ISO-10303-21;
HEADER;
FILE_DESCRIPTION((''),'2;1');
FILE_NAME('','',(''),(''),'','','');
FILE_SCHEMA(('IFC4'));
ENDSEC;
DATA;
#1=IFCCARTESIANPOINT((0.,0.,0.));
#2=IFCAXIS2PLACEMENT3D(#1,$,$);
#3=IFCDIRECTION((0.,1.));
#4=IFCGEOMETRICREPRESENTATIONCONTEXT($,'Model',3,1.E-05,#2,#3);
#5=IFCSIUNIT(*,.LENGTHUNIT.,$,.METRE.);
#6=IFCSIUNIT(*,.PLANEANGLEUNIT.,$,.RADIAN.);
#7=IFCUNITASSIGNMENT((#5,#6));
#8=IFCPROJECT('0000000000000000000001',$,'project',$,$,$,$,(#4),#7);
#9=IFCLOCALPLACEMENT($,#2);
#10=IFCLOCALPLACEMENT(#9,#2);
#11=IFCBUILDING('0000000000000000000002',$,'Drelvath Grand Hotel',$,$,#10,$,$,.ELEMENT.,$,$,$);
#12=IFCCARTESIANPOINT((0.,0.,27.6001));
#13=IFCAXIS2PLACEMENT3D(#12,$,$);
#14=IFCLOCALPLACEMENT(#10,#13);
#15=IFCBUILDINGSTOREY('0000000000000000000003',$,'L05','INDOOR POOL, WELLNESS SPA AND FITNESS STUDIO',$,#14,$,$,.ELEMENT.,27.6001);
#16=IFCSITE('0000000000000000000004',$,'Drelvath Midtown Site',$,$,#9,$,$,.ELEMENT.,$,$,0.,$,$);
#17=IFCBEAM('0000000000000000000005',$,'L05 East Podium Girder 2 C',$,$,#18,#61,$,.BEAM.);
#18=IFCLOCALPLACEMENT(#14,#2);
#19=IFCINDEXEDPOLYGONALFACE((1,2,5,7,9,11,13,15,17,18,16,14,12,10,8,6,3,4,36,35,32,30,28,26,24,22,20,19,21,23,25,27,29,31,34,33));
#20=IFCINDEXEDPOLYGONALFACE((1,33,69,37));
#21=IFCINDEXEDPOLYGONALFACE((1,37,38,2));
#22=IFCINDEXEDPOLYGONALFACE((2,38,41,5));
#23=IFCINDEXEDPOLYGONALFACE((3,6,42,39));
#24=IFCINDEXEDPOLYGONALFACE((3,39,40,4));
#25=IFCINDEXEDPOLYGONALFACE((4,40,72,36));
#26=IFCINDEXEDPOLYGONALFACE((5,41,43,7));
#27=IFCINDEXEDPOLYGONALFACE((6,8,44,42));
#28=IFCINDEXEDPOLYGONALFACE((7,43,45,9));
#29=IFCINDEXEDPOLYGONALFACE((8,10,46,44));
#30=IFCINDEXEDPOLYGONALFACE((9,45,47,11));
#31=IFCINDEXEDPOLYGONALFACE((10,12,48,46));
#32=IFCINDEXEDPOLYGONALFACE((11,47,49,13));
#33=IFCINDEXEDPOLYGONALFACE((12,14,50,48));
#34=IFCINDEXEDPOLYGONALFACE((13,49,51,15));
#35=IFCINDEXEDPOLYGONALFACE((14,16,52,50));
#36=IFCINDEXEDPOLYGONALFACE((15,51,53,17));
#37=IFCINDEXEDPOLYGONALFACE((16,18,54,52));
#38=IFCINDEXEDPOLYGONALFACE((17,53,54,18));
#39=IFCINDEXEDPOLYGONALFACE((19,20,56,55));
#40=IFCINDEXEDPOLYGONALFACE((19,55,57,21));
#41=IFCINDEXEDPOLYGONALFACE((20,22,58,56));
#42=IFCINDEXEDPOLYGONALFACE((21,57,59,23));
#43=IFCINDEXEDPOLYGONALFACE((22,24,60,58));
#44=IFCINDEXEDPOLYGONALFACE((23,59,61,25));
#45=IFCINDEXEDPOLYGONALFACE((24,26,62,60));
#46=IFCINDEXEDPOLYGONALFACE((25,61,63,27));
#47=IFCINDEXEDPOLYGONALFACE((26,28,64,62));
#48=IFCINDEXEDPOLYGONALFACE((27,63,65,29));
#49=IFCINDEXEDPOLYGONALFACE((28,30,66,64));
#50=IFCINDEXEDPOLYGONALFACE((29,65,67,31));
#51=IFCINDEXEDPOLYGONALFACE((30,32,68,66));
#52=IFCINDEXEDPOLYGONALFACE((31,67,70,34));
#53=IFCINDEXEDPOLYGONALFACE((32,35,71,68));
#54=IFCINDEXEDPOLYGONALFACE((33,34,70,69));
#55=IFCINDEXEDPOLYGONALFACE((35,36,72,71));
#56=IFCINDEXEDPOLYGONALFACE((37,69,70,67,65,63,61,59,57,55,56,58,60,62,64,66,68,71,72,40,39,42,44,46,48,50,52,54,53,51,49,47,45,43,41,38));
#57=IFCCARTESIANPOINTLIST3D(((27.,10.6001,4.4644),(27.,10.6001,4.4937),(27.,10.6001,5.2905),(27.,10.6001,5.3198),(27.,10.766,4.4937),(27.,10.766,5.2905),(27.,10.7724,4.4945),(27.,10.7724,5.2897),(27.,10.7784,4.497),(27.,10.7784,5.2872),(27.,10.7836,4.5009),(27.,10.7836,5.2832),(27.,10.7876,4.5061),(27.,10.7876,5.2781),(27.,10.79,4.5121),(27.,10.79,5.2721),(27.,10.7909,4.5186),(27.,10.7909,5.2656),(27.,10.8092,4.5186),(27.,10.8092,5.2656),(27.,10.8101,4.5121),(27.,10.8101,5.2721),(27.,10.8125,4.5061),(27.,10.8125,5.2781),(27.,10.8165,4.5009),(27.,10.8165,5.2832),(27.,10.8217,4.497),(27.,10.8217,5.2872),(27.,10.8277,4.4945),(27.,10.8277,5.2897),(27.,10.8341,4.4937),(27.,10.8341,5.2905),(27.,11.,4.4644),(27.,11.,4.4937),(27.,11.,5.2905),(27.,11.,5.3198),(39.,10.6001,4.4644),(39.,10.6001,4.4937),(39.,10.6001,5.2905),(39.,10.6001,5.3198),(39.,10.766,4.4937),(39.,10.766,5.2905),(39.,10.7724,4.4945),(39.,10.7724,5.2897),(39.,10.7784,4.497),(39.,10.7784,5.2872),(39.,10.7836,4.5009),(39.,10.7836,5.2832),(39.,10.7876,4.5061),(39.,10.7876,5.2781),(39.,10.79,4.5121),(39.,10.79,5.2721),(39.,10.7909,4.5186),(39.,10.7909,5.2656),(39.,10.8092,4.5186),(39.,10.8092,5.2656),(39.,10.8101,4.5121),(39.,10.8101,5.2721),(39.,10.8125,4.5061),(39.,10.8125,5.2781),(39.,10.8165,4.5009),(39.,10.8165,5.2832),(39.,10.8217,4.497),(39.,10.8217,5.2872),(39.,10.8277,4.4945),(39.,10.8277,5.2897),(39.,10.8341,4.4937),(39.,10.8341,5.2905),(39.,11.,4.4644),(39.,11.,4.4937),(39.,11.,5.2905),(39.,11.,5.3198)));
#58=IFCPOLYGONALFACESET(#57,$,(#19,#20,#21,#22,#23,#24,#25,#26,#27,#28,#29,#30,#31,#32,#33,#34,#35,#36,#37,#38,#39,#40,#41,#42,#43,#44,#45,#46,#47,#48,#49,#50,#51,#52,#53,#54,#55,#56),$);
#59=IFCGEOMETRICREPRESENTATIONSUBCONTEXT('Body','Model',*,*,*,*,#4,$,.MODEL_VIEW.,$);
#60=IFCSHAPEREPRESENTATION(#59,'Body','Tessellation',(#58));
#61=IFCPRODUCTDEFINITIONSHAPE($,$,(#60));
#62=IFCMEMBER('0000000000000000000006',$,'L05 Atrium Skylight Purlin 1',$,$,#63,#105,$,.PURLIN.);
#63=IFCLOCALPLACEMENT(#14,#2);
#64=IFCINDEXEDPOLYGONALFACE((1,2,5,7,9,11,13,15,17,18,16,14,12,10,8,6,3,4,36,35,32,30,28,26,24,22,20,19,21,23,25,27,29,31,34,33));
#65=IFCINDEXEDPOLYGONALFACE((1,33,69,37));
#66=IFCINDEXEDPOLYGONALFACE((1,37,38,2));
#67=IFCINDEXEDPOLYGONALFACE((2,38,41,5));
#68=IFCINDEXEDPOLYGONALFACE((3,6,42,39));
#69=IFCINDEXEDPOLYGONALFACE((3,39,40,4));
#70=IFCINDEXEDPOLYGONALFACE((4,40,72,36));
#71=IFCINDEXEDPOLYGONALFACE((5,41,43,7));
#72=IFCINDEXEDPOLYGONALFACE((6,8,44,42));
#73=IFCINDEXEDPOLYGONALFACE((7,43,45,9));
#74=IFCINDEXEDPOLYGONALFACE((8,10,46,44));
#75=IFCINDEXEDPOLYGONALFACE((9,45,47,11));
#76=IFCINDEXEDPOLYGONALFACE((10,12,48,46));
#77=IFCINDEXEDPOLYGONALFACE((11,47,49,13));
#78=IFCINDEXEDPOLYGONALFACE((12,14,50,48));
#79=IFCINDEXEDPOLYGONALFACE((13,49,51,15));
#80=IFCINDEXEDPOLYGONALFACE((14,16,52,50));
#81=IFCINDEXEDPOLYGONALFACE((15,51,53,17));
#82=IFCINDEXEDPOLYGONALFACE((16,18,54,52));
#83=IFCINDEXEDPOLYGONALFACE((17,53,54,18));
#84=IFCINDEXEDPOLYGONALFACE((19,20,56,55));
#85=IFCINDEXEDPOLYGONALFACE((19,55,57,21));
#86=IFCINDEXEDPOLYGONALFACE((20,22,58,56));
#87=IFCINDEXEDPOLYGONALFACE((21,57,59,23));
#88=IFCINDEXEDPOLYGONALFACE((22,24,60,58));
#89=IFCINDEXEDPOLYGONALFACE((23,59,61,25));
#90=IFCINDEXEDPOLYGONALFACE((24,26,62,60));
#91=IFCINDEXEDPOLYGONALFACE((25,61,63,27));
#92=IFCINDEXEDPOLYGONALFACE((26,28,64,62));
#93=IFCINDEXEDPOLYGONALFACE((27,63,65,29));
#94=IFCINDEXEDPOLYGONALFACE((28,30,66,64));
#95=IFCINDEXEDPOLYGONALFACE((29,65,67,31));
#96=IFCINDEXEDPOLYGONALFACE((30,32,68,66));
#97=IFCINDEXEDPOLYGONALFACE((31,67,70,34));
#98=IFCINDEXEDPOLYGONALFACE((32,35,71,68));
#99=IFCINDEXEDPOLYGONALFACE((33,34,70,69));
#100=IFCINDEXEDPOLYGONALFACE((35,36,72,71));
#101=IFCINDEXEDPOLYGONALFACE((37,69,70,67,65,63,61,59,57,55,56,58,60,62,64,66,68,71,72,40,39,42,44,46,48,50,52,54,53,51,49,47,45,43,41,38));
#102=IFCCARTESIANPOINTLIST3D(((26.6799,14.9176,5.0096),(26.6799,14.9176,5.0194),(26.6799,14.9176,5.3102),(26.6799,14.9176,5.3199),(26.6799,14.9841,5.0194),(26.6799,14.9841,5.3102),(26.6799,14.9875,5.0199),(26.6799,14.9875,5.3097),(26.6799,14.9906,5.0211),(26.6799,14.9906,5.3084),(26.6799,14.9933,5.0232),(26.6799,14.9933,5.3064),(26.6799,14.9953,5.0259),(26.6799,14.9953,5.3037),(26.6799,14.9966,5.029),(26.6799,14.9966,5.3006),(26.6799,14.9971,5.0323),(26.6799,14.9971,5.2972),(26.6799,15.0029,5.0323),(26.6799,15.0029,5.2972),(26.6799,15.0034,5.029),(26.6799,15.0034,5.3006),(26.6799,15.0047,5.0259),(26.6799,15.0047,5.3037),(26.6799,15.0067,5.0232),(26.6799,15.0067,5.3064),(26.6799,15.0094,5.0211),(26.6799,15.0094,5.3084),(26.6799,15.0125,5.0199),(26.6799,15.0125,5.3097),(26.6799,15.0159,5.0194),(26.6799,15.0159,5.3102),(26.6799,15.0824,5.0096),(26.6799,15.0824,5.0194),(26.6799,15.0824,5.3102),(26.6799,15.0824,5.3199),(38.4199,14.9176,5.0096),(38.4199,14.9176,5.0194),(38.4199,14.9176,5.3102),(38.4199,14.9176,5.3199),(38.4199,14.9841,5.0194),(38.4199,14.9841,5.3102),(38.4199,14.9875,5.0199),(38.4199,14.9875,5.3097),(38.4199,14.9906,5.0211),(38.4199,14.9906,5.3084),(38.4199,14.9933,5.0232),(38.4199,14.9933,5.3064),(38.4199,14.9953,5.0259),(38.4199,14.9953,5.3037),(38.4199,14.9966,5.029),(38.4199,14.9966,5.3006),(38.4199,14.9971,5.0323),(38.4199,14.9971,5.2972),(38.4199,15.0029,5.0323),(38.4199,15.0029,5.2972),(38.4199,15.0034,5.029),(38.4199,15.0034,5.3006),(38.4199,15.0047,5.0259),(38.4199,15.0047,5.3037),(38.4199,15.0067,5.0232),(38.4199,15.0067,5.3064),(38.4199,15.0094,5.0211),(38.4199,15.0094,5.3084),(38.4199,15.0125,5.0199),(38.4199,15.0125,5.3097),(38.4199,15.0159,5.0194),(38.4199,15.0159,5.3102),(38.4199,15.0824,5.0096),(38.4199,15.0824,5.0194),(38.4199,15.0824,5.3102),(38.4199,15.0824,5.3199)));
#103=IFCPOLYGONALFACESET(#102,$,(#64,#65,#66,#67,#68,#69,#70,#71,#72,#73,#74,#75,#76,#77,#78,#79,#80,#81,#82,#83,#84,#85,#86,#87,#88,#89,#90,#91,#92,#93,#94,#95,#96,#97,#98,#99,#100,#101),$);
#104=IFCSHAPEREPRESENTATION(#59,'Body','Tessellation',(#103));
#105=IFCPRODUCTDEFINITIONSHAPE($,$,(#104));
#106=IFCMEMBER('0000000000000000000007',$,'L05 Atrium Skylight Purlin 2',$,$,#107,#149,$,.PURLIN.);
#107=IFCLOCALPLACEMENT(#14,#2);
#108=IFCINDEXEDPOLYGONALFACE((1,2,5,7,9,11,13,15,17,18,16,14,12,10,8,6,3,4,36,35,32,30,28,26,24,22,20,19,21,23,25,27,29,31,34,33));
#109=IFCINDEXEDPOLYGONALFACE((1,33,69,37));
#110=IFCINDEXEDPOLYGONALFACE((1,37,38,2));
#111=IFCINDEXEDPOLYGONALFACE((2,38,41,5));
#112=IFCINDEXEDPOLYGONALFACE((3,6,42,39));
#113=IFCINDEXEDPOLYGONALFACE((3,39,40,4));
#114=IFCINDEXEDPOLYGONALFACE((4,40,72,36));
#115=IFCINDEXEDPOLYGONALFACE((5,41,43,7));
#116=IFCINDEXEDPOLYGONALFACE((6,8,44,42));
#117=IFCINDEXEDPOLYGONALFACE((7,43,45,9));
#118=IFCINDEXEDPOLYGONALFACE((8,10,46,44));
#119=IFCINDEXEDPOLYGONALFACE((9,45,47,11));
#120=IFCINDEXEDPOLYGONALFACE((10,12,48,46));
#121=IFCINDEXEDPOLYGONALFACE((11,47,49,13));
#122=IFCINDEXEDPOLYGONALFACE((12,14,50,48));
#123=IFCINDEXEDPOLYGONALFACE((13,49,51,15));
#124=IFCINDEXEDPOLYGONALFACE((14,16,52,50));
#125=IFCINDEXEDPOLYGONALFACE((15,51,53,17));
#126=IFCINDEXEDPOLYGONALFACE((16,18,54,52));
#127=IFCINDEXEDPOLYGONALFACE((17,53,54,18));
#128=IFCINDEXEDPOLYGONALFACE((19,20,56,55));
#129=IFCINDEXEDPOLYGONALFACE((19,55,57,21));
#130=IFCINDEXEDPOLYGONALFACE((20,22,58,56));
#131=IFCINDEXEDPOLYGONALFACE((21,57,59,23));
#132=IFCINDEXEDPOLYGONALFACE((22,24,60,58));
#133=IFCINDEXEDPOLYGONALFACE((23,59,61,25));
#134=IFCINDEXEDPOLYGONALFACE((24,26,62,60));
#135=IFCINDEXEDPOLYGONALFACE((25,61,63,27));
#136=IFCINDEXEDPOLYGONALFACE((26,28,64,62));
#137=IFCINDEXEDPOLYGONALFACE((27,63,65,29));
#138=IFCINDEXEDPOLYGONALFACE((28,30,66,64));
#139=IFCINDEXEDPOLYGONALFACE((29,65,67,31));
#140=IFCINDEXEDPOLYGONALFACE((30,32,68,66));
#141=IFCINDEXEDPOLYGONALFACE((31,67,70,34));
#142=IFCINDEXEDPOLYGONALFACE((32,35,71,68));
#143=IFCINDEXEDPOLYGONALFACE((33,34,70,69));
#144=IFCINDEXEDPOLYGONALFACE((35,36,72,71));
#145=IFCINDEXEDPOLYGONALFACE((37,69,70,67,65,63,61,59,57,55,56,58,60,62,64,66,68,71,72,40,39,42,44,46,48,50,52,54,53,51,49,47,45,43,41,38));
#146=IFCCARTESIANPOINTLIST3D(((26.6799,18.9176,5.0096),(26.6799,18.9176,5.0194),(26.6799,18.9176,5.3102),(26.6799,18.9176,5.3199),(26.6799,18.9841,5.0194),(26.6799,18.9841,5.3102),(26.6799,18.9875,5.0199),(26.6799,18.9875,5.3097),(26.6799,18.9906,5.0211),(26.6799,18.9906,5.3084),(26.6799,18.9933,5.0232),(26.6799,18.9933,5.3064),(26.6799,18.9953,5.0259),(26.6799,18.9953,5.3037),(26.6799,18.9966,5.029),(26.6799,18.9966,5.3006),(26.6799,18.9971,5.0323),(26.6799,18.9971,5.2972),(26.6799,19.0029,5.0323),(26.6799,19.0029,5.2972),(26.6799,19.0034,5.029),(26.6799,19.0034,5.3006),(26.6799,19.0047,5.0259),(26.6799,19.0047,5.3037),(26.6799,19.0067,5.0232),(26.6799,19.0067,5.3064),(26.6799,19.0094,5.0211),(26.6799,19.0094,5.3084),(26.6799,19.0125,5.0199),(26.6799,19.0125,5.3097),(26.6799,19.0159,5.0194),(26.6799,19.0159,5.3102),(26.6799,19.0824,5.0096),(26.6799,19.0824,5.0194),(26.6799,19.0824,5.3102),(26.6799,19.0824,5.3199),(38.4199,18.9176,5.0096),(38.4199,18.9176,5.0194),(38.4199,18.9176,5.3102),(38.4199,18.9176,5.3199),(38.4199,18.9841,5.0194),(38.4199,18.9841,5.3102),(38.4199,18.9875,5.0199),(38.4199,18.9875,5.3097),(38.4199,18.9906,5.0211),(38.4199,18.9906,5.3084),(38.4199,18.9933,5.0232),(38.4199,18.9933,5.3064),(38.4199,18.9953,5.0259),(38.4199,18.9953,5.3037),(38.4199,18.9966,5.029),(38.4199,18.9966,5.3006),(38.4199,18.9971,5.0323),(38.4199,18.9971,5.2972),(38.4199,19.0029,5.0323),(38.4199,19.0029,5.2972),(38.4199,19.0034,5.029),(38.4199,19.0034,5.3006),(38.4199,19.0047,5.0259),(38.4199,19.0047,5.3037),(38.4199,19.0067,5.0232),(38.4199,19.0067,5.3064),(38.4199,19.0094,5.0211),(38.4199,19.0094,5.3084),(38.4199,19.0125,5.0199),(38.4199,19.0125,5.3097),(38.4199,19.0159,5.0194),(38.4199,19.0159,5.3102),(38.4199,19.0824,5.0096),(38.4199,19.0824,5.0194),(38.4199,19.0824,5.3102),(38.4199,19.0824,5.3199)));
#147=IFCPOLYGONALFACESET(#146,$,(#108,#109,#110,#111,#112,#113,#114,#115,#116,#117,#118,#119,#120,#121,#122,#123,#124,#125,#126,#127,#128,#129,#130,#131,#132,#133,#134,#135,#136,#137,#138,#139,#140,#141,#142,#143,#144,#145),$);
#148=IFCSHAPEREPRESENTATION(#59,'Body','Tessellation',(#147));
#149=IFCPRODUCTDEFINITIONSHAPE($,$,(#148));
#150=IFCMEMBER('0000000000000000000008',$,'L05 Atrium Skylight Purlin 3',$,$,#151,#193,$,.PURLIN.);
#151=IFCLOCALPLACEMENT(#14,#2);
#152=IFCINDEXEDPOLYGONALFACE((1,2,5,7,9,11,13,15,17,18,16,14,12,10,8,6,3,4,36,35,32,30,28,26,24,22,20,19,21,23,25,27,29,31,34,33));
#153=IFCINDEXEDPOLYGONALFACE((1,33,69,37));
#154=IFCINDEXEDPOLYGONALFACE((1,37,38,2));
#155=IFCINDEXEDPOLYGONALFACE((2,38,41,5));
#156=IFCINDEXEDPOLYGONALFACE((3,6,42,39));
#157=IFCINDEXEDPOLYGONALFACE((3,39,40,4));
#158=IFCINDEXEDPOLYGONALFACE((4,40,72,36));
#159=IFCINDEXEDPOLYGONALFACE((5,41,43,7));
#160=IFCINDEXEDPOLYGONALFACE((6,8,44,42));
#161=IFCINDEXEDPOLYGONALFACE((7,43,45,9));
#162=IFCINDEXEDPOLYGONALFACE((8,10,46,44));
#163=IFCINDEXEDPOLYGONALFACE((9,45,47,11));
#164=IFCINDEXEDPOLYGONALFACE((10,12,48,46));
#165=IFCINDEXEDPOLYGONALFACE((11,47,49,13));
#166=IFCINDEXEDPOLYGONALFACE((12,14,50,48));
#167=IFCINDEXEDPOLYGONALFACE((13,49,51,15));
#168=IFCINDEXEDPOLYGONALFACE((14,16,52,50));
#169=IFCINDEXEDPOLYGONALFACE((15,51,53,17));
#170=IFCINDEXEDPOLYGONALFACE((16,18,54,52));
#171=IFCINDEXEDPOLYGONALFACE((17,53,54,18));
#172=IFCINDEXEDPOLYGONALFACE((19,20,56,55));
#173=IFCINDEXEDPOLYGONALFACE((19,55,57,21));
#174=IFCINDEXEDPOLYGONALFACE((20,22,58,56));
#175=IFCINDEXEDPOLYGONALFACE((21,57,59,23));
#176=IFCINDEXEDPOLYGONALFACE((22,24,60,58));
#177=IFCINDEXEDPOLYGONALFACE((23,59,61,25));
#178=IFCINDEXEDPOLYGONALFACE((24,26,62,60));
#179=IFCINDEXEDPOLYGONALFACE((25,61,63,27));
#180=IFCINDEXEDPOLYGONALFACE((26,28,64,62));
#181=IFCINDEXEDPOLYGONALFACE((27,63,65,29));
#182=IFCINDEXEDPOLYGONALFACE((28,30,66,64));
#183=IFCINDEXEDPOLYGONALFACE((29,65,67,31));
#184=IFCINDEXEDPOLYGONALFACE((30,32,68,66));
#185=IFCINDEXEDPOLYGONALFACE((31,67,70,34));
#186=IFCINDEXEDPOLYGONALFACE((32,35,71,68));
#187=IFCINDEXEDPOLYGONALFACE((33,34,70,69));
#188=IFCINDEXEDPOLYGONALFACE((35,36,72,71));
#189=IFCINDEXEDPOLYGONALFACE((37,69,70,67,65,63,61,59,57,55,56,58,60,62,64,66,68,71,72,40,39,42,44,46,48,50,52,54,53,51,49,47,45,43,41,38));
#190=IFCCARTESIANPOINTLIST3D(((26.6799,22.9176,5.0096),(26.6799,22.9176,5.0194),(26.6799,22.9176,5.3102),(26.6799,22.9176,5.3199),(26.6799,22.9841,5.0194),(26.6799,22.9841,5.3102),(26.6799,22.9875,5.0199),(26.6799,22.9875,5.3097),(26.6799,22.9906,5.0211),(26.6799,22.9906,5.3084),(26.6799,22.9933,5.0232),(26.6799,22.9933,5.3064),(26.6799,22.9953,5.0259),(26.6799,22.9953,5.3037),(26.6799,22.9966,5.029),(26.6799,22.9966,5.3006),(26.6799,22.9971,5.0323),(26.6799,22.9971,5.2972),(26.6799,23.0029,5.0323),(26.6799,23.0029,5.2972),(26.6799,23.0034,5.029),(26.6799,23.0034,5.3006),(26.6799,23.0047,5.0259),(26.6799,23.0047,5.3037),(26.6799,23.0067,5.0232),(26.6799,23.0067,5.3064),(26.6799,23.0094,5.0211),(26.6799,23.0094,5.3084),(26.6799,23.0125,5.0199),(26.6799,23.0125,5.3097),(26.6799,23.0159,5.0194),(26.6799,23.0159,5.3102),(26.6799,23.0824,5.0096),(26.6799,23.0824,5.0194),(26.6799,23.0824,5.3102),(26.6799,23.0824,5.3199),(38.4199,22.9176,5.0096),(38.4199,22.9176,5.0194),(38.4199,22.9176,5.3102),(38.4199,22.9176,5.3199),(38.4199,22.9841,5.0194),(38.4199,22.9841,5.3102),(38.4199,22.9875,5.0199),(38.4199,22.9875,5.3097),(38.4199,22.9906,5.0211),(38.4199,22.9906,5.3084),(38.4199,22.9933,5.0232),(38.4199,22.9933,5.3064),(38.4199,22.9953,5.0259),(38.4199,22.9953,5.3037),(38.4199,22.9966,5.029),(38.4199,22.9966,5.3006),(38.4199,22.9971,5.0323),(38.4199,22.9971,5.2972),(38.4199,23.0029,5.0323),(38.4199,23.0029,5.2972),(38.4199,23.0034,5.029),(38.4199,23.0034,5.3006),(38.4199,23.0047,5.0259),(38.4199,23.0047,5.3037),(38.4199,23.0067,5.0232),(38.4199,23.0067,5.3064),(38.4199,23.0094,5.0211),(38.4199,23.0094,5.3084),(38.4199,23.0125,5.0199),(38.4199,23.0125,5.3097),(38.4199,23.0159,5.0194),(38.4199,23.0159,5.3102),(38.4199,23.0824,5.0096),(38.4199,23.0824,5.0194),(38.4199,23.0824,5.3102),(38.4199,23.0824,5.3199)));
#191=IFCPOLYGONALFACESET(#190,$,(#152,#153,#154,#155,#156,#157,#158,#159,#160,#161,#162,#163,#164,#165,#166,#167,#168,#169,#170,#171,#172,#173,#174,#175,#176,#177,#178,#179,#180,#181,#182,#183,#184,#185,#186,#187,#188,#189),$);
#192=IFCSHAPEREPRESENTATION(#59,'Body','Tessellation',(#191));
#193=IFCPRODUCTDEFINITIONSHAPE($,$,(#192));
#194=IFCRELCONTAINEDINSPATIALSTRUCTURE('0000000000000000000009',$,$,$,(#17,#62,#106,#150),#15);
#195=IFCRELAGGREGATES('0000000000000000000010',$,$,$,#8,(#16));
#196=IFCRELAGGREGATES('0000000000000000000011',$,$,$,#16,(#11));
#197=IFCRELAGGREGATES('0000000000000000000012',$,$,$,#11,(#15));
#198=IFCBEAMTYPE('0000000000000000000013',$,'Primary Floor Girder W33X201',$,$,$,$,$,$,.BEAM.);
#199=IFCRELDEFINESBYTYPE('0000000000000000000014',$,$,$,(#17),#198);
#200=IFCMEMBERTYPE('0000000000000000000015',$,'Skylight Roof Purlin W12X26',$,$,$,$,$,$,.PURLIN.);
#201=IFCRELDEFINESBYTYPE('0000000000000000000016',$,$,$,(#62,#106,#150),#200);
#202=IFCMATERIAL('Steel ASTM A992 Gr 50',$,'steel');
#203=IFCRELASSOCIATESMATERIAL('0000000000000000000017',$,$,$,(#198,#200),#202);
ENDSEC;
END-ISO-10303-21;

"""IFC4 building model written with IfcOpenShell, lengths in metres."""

from ifc_helpers import new_model, si_unit, direction, frame, origin, origin_2d, place, context, subcontext, project, spatial, i_section, extrude, material, material_profile, profile_set, type_object, element, save


model = new_model("IFC4")

# Units and contexts
model_context = context("Model", 3, precision=1e-05, world=origin(), true_north=direction((0.0, 1.0)))
body_context = subcontext(model_context, "Body", "Model", "MODEL_VIEW")
ifc_project = project(units=[si_unit("LENGTHUNIT", "METRE"), si_unit("PLANEANGLEUNIT", "RADIAN")], contexts=[model_context])

# Site, building, storey
site_placement = place(None, origin())
site = spatial("IfcSite", under=ifc_project, at=site_placement, Name="Drelvath Midtown Site", CompositionType="ELEMENT", RefElevation=0.0)
building_placement = place(site_placement, origin())
building = spatial("IfcBuilding", under=site, at=building_placement, Name="Drelvath Grand Hotel", CompositionType="ELEMENT")
storey_placement = place(building_placement, frame((0.0, 0.0, 27.6001)))
storey = spatial("IfcBuildingStorey", under=building, at=storey_placement, Name="L05", Description="INDOOR POOL, WELLNESS SPA AND FITNESS STUDIO", CompositionType="ELEMENT", Elevation=27.6001)

# Beam
ifc_material_1 = material(Name="Steel ASTM A992 Gr 50", Category="steel")
ifc_material_profile_1 = material_profile(ifc_material_1, i_section(OverallWidth=0.3999, OverallDepth=0.8555, WebThickness=0.0183, FlangeThickness=0.0293, FilletRadius=0.0249, at=origin_2d()), Name="W33X201")
ifc_profile_set_1 = profile_set([ifc_material_profile_1], Name="Steel ASTM A992 Gr 50")
beam_type_1 = type_object("IfcBeamType", Name="Primary Floor Girder W33X201", PredefinedType="BEAM", material=ifc_profile_set_1)
beam_1_placement = place(storey_placement, frame((27.0, 10.8, 4.8921), z_axis=(1.0, 0.0, 0.0), x_axis=(0.0, 1.0, 0.0)))
element("IfcBeam", 1, at=beam_1_placement, inside=storey, type_object=beam_type_1, Name="L05 East Podium Girder 2 C", PredefinedType="BEAM", context=body_context, shape_type="SweptSolid", body=[
    extrude(i_section(OverallWidth=0.3999, OverallDepth=0.8555, WebThickness=0.0183, FlangeThickness=0.0293, FilletRadius=0.0249, at=origin_2d()), origin(), (0.0, 0.0, 1.0), 12.0),
])

# Members
ifc_material_profile_2 = material_profile(ifc_material_1, i_section(OverallWidth=0.1648, OverallDepth=0.3103, WebThickness=0.0059, FlangeThickness=0.0098, FilletRadius=0.0129, at=origin_2d()), Name="W12X26")
ifc_profile_set_2 = profile_set([ifc_material_profile_2], Name="Steel ASTM A992 Gr 50")
member_type_1 = type_object("IfcMemberType", Name="Skylight Roof Purlin W12X26", PredefinedType="PURLIN", material=ifc_profile_set_2)
for number, where, z_axis, x_axis, name in (
    (2, (26.6799, 15.0, 5.1648), (1.0, 0.0, 0.0), (0.0, 1.0, 0.0), "L05 Atrium Skylight Purlin 1"),
    (3, (26.6799, 19.0, 5.1648), (1.0, 0.0, 0.0), (0.0, 1.0, 0.0), "L05 Atrium Skylight Purlin 2"),
    (4, (26.6799, 23.0, 5.1648), (1.0, 0.0, 0.0), (0.0, 1.0, 0.0), "L05 Atrium Skylight Purlin 3"),
):
    element("IfcMember", number, at=place(storey_placement, frame(where, z_axis=z_axis, x_axis=x_axis)), inside=storey, type_object=member_type_1, Name=name, PredefinedType="PURLIN", context=body_context, shape_type="SweptSolid", body=[
        extrude(i_section(OverallWidth=0.1648, OverallDepth=0.3103, WebThickness=0.0059, FlangeThickness=0.0098, FilletRadius=0.0129, at=origin_2d()), origin(), (0.0, 0.0, 1.0), 11.74),
    ])

save(model, "model.ifc")
